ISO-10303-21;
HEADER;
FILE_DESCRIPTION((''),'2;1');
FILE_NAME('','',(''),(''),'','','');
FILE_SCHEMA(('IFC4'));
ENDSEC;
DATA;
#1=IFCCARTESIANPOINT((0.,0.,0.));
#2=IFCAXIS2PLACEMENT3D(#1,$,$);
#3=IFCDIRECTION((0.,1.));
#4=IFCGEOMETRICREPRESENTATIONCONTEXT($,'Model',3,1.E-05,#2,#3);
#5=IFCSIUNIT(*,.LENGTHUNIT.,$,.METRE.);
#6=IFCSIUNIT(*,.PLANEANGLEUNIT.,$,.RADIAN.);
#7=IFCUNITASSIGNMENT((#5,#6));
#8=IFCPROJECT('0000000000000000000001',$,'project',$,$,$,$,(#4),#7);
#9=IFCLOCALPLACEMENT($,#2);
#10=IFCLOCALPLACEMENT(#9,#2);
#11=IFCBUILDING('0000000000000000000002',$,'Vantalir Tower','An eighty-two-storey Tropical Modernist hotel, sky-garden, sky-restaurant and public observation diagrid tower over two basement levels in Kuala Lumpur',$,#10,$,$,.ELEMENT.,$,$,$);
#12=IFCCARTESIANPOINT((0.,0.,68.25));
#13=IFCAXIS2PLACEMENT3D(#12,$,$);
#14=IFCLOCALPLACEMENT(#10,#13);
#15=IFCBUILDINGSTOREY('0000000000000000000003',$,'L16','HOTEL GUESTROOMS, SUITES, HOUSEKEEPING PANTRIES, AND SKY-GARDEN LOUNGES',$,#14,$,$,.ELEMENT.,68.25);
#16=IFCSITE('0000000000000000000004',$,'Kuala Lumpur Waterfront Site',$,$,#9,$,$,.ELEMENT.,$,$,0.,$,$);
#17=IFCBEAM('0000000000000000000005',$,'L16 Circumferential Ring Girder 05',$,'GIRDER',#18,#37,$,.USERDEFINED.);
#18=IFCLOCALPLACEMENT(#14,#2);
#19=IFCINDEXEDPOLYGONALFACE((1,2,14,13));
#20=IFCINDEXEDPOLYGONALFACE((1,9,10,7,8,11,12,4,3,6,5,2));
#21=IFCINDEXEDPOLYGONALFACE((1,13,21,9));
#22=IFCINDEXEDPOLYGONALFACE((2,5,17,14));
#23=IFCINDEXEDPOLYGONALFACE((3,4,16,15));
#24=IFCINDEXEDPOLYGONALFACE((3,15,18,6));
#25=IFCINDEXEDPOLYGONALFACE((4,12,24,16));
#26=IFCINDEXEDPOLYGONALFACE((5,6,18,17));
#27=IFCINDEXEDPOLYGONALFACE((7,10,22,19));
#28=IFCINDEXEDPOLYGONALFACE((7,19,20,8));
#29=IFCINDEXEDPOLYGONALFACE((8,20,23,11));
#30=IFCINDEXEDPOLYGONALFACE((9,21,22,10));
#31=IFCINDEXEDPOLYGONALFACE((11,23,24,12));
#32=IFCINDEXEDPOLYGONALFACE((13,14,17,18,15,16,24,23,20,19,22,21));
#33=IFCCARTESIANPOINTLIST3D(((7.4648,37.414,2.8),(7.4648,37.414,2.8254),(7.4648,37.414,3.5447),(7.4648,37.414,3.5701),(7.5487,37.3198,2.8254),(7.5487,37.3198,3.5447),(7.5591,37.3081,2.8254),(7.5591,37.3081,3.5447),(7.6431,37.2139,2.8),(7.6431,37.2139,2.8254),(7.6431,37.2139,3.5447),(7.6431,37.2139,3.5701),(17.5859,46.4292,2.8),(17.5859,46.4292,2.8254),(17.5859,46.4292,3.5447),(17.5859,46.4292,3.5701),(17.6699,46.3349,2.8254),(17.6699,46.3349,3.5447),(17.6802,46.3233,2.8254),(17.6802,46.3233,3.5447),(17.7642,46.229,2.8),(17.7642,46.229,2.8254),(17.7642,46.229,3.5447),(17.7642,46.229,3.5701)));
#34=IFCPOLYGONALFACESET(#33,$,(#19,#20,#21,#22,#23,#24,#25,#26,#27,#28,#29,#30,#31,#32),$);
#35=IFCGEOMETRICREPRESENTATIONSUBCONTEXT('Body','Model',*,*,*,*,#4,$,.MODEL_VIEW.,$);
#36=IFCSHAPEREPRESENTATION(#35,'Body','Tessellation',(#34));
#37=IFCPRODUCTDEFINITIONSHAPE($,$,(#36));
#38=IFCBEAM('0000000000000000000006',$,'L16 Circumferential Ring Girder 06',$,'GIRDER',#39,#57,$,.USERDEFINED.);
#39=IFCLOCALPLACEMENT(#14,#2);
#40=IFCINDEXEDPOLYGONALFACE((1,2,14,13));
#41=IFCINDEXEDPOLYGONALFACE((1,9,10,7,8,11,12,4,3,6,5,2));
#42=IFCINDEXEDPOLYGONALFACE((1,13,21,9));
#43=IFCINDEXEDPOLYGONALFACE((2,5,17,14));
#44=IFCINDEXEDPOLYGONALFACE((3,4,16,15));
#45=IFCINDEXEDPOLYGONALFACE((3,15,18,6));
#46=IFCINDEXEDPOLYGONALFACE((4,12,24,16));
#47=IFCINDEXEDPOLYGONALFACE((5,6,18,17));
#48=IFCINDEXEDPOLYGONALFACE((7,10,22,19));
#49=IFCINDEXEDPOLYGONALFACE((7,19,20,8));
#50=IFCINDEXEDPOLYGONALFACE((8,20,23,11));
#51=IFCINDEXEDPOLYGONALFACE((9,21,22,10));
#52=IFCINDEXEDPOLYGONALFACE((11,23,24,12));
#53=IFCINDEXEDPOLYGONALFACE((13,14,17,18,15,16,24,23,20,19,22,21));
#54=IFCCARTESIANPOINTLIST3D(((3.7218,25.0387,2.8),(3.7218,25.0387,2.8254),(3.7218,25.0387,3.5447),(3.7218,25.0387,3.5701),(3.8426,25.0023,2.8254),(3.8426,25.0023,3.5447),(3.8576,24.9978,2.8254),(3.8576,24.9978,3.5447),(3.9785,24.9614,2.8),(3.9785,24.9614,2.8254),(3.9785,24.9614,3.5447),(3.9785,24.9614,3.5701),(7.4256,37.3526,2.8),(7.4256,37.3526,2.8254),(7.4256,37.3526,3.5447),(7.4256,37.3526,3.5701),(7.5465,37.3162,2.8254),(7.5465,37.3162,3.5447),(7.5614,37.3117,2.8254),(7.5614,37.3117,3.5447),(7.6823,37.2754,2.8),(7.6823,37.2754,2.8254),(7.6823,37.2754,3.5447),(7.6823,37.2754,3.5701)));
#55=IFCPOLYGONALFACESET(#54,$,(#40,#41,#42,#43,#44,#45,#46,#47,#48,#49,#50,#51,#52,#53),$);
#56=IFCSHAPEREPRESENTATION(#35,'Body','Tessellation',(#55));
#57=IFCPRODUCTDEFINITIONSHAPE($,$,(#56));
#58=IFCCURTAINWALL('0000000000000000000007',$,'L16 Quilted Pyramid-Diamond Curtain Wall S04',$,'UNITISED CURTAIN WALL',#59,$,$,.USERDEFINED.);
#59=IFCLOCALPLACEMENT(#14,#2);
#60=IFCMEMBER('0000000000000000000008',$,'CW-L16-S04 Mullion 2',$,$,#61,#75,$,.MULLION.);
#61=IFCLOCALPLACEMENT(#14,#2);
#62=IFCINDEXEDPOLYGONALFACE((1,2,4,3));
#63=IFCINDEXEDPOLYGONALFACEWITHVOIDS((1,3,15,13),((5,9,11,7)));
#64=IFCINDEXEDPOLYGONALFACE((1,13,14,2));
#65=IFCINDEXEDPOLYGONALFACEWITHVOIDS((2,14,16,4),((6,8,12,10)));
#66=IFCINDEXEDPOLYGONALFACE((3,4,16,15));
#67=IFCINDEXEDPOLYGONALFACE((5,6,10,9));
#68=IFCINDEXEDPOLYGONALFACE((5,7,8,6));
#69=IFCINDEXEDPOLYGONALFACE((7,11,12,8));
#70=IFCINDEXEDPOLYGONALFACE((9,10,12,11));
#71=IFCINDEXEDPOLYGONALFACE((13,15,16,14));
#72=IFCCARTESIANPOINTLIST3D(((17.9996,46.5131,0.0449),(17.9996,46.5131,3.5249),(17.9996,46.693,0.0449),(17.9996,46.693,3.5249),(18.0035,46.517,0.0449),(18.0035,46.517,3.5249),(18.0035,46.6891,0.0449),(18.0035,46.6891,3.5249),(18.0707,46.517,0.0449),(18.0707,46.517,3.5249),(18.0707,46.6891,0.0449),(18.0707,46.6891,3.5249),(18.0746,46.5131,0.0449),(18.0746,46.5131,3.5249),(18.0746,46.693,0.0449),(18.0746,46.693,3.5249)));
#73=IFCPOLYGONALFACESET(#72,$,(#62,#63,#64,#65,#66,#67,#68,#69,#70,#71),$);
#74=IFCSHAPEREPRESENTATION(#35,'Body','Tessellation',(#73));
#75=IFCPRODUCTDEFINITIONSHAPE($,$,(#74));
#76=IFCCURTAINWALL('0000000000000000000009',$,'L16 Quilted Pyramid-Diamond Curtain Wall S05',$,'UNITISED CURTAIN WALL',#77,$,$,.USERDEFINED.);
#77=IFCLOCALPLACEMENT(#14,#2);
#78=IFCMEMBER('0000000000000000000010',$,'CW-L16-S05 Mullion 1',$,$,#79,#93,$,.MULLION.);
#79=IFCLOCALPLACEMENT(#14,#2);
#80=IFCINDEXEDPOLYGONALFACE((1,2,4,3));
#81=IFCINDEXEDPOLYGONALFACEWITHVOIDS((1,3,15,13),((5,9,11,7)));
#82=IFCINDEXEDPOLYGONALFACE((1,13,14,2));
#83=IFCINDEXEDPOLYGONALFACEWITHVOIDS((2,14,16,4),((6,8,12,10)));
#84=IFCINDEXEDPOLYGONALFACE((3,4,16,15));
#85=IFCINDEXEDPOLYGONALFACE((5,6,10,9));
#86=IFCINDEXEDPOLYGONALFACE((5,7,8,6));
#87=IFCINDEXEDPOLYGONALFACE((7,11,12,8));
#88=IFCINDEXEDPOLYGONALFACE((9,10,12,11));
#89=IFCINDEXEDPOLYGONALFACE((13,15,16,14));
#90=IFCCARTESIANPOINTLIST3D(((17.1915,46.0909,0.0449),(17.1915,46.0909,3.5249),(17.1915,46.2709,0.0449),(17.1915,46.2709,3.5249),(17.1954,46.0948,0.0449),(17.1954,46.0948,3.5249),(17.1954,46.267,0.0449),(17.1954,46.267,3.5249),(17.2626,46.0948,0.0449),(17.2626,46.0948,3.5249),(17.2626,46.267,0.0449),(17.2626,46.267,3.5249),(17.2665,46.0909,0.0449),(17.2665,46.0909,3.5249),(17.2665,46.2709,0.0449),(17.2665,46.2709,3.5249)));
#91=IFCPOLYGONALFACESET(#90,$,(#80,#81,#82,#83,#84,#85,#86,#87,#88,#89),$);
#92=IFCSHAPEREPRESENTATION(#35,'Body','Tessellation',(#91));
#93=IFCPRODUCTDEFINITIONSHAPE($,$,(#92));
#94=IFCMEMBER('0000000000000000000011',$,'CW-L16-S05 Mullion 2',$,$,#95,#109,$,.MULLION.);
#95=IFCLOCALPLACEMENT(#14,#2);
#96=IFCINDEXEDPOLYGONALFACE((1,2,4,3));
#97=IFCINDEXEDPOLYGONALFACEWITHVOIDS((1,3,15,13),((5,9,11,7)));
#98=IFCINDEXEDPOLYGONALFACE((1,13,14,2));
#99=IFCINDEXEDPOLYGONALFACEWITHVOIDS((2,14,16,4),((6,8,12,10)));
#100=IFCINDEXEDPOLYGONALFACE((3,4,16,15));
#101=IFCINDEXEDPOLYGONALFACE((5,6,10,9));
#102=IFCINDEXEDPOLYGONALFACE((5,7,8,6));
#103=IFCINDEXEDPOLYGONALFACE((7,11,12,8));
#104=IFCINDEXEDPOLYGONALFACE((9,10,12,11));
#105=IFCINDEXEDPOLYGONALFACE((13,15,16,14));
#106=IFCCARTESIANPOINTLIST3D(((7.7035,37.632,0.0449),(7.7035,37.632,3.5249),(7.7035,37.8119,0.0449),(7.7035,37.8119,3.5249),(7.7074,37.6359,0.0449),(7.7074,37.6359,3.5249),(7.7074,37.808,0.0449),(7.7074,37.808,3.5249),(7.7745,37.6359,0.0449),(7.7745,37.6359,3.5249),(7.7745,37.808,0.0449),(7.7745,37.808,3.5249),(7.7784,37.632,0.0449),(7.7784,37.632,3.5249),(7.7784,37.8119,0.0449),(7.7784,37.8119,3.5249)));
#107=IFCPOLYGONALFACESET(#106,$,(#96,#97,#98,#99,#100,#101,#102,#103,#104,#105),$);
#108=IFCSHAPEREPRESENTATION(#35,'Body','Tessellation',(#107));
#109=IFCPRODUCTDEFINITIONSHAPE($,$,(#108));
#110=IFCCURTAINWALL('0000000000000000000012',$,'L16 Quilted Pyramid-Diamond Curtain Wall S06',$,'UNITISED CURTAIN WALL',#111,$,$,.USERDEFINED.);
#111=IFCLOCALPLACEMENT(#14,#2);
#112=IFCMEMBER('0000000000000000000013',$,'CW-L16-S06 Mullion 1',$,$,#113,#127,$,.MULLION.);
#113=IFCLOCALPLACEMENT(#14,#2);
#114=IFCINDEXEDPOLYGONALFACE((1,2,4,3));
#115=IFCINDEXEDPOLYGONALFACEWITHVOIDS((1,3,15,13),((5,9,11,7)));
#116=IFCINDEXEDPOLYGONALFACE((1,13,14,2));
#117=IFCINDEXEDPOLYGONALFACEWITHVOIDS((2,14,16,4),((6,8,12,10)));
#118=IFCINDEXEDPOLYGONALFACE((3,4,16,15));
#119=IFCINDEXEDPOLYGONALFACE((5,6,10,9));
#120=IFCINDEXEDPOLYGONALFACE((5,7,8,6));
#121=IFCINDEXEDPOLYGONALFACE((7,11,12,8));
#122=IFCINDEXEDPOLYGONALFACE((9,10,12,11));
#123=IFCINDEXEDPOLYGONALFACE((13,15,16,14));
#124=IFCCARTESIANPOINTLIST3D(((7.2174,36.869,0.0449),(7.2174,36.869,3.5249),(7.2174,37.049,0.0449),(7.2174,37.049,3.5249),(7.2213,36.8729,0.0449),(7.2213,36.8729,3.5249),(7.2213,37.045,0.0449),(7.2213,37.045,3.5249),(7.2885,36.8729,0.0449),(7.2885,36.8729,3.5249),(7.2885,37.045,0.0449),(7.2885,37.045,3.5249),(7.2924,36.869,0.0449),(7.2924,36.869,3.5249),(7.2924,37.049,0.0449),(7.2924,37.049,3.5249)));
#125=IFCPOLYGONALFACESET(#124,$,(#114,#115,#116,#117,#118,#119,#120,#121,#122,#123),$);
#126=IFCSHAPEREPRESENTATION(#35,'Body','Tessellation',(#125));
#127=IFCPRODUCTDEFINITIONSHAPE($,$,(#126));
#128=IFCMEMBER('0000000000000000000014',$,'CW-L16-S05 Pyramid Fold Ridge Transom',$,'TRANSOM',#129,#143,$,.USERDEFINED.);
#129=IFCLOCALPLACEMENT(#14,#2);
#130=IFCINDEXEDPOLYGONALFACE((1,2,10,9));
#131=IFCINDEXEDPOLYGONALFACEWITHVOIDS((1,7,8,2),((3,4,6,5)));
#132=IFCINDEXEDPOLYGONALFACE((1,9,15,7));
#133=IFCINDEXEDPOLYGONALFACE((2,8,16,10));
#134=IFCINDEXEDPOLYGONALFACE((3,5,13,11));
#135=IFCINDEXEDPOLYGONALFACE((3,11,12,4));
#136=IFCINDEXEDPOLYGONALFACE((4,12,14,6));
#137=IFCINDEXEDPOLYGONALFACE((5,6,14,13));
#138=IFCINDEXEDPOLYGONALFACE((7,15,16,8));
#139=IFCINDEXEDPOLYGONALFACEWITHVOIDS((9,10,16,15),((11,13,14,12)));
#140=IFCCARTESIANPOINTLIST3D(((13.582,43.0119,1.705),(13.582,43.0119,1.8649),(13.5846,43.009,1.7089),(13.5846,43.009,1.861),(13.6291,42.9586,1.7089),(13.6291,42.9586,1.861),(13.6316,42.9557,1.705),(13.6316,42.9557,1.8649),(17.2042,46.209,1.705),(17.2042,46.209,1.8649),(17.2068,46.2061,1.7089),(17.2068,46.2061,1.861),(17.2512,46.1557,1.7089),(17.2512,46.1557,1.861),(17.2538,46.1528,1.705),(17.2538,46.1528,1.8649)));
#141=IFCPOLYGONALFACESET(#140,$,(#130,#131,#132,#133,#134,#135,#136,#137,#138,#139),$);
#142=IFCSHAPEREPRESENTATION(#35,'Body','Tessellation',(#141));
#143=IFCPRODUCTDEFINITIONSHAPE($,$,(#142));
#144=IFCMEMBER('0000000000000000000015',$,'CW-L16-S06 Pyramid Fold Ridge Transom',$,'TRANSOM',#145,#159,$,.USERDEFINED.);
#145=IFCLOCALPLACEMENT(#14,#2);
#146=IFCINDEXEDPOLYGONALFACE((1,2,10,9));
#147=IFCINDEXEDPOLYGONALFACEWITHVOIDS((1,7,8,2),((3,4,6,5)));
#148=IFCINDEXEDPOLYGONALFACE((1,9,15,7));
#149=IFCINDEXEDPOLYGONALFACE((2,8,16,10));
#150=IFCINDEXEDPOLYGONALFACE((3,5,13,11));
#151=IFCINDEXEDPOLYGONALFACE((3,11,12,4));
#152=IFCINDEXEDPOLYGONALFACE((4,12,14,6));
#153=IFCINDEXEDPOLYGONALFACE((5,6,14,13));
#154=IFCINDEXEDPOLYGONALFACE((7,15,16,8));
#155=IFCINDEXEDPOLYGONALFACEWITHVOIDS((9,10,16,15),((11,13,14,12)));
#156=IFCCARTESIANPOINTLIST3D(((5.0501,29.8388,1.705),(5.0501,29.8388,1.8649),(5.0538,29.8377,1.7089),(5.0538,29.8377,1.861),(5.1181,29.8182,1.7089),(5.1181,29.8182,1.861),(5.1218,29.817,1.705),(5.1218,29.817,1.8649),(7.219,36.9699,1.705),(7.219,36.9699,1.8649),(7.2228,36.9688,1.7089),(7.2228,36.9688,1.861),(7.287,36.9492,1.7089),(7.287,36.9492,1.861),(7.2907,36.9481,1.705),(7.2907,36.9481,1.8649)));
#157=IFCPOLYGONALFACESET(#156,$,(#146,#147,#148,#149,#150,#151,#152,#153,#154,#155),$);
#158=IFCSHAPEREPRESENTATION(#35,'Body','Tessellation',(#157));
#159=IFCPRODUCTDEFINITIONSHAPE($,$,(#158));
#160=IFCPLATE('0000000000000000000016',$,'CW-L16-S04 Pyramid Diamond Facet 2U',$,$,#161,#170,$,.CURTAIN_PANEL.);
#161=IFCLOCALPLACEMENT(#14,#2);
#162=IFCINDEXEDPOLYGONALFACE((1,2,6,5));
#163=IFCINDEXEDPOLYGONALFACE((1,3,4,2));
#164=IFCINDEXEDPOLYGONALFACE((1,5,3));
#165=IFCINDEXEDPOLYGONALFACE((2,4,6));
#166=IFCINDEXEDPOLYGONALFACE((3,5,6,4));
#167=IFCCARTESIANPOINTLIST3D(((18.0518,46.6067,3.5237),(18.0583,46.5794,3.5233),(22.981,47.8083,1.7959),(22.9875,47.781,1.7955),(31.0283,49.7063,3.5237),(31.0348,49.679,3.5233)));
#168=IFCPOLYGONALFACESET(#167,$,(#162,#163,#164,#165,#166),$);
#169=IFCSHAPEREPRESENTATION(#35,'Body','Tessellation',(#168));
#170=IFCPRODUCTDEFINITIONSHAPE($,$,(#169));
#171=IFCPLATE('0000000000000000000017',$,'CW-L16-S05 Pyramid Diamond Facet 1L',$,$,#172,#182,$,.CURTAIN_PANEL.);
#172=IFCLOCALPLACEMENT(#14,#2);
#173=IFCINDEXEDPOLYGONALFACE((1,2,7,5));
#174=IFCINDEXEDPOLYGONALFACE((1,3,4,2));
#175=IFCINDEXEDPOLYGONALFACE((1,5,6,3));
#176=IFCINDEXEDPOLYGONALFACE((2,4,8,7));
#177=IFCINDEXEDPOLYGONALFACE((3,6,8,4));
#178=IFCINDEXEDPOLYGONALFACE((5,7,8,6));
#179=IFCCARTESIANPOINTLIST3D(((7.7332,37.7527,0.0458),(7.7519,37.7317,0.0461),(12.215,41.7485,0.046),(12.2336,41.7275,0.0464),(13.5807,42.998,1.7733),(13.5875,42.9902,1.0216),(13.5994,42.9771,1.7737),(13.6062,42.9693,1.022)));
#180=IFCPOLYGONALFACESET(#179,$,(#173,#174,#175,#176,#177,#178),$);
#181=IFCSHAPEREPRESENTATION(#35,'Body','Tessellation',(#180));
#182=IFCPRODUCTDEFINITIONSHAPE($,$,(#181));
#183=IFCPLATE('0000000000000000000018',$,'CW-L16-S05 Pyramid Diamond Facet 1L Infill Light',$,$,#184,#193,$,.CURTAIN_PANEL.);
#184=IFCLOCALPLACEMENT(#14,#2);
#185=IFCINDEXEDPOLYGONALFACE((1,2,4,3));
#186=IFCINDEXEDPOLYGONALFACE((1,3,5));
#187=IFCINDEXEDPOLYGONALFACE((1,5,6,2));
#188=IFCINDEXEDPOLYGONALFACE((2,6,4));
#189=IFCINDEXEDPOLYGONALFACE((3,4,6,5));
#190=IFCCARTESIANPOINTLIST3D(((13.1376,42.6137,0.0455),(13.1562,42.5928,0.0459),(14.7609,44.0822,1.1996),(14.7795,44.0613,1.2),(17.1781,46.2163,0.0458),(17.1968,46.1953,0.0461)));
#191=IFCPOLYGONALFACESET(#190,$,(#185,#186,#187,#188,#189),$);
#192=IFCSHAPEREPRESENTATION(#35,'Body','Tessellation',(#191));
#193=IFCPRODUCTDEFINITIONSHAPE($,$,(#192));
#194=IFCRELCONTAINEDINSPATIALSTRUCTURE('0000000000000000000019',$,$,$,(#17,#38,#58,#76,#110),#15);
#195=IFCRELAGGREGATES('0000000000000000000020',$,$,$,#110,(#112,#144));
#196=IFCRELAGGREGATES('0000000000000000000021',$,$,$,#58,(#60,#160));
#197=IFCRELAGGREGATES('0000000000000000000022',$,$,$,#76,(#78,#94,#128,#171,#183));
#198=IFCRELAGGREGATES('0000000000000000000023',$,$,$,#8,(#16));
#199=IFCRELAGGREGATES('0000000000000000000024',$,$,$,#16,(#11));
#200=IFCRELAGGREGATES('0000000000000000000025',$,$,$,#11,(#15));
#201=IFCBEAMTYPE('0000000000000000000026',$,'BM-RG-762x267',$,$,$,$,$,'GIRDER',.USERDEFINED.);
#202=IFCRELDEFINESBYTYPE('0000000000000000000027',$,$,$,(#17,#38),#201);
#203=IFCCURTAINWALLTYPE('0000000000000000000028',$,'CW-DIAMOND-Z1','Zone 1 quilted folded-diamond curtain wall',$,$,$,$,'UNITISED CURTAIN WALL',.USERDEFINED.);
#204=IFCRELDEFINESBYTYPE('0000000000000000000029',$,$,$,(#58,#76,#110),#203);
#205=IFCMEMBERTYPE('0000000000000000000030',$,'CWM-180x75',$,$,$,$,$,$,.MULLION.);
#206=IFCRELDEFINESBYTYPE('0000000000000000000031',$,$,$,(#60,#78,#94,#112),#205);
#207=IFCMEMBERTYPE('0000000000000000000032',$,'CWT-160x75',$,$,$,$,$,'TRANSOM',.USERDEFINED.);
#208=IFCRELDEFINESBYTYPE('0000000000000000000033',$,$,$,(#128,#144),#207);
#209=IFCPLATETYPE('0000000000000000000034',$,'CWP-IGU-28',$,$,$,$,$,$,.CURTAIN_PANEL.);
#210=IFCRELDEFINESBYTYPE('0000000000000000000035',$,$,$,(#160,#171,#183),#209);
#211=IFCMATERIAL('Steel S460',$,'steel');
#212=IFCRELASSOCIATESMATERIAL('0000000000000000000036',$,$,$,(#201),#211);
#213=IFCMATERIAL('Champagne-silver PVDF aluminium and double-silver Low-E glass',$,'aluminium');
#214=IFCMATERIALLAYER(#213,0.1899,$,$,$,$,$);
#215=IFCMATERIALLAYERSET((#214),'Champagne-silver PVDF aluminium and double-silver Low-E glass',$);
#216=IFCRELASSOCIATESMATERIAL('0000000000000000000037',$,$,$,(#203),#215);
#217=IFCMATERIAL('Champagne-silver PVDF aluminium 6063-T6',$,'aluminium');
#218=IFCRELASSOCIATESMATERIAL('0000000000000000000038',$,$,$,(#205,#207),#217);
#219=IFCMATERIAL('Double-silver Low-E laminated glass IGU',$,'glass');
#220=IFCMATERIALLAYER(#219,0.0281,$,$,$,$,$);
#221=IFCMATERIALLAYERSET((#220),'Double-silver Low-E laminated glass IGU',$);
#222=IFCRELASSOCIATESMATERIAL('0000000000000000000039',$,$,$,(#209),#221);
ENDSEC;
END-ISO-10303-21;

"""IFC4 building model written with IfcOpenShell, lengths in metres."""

from ifc_helpers import new_model, si_unit, direction, frame, origin, origin_2d, place, context, subcontext, project, spatial, polyline, hollow_rectangle, i_section, outline, extrude, material, layer, layer_set, material_profile, profile_set, type_object, element, aggregate, save


model = new_model("IFC4")

# Units and contexts
model_context = context("Model", 3, precision=1e-05, world=origin(), true_north=direction((0.0, 1.0)))
body_context = subcontext(model_context, "Body", "Model", "MODEL_VIEW")
ifc_project = project(units=[si_unit("LENGTHUNIT", "METRE"), si_unit("PLANEANGLEUNIT", "RADIAN")], contexts=[model_context])

# Site, building, storey
site_placement = place(None, origin())
site = spatial("IfcSite", under=ifc_project, at=site_placement, Name="Kuala Lumpur Waterfront Site", CompositionType="ELEMENT", RefElevation=0.0)
building_placement = place(site_placement, origin())
building = spatial("IfcBuilding", under=site, at=building_placement, Name="Vantalir Tower", Description="An eighty-two-storey Tropical Modernist hotel, sky-garden, sky-restaurant and public observation diagrid tower over two basement levels in Kuala Lumpur", CompositionType="ELEMENT")
storey_placement = place(building_placement, frame((0.0, 0.0, 68.25)))
storey = spatial("IfcBuildingStorey", under=building, at=storey_placement, Name="L16", Description="HOTEL GUESTROOMS, SUITES, HOUSEKEEPING PANTRIES, AND SKY-GARDEN LOUNGES", CompositionType="ELEMENT", Elevation=68.25)

# Shared definitions
ifc_material_1 = material(Name="Steel S460", Category="steel")

# Beams
ifc_material_profile_1 = material_profile(ifc_material_1, i_section(OverallWidth=0.2681, OverallDepth=0.77, WebThickness=0.0156, FlangeThickness=0.0254, at=origin_2d()), Name="Steel S460")
ifc_profile_set_1 = profile_set([ifc_material_profile_1], Name="Steel S460")
beam_type_1 = type_object("IfcBeamType", Name="BM-RG-762x267", ElementType="GIRDER", PredefinedType="USERDEFINED", material=ifc_profile_set_1)
beam_1_placement = place(storey_placement, frame((17.675, 46.3291, 3.1851), z_axis=(-0.746727, -0.66513, 0.0), x_axis=(0.66513, -0.746727, 0.0)))
element("IfcBeam", 1, at=beam_1_placement, inside=storey, type_object=beam_type_1, Name="L16 Circumferential Ring Girder 05", ObjectType="GIRDER", PredefinedType="USERDEFINED", context=body_context, shape_type="SweptSolid", body=[
    extrude(i_section(OverallWidth=0.2681, OverallDepth=0.77, WebThickness=0.0156, FlangeThickness=0.0254, at=origin_2d()), origin(), (0.0, 0.0, 1.0), 13.554),
])
beam_2_placement = place(storey_placement, frame((7.554, 37.314, 3.1851), z_axis=(-0.288038, -0.957619, 0.0), x_axis=(0.957619, -0.288038, 0.0)))
element("IfcBeam", 2, at=beam_2_placement, inside=storey, type_object=beam_type_1, Name="L16 Circumferential Ring Girder 06", ObjectType="GIRDER", PredefinedType="USERDEFINED", context=body_context, shape_type="SweptSolid", body=[
    extrude(i_section(OverallWidth=0.2681, OverallDepth=0.77, WebThickness=0.0156, FlangeThickness=0.0254, at=origin_2d()), origin(), (0.0, 0.0, 1.0), 12.8589),
])

# Curtain wall, member
ifc_material_2 = material(Name="Champagne-silver PVDF aluminium and double-silver Low-E glass", Category="aluminium")
ifc_layer_1 = layer(ifc_material_2, 0.1899)
ifc_layer_set_1 = layer_set([ifc_layer_1], Name="Champagne-silver PVDF aluminium and double-silver Low-E glass")
curtain_wall_type = type_object("IfcCurtainWallType", Name="CW-DIAMOND-Z1", Description="Zone 1 quilted folded-diamond curtain wall", ElementType="UNITISED CURTAIN WALL", PredefinedType="USERDEFINED", material=ifc_layer_set_1)
curtain_wall_1_placement = place(storey_placement, origin())
curtain_wall_1 = element("IfcCurtainWall", 3, at=curtain_wall_1_placement, inside=storey, type_object=curtain_wall_type, Name="L16 Quilted Pyramid-Diamond Curtain Wall S04", ObjectType="UNITISED CURTAIN WALL", PredefinedType="USERDEFINED")
ifc_material_3 = material(Name="Champagne-silver PVDF aluminium 6063-T6", Category="aluminium")
ifc_material_profile_2 = material_profile(ifc_material_3, hollow_rectangle(XDim=0.075, YDim=0.1799, WallThickness=0.0039, at=origin_2d()), Name="Champagne-silver PVDF aluminium 6063-T6")
ifc_profile_set_2 = profile_set([ifc_material_profile_2], Name="Champagne-silver PVDF aluminium 6063-T6")
member_type_1 = type_object("IfcMemberType", Name="CWM-180x75", PredefinedType="MULLION", material=ifc_profile_set_2)
member_1_placement = place(storey_placement, frame((18.0371, 46.603, 0.0449), z_axis=(0.0, 0.0, 1.0), x_axis=(1.0, 0.0, 0.0)))
member_1 = element("IfcMember", 4, at=member_1_placement, type_object=member_type_1, Name="CW-L16-S04 Mullion 2", PredefinedType="MULLION", context=body_context, shape_type="SweptSolid", body=[
    extrude(hollow_rectangle(XDim=0.075, YDim=0.1799, WallThickness=0.0039, at=origin_2d()), origin(), (0.0, 0.0, 1.0), 3.48),
])

# Curtain wall, members
curtain_wall_2_placement = place(storey_placement, origin())
curtain_wall_2 = element("IfcCurtainWall", 5, at=curtain_wall_2_placement, inside=storey, type_object=curtain_wall_type, Name="L16 Quilted Pyramid-Diamond Curtain Wall S05", ObjectType="UNITISED CURTAIN WALL", PredefinedType="USERDEFINED")
member_2_placement = place(storey_placement, frame((17.229, 46.1809, 0.0449), z_axis=(0.0, 0.0, 1.0), x_axis=(1.0, 0.0, 0.0)))
member_2 = element("IfcMember", 6, at=member_2_placement, type_object=member_type_1, Name="CW-L16-S05 Mullion 1", PredefinedType="MULLION", context=body_context, shape_type="SweptSolid", body=[
    extrude(hollow_rectangle(XDim=0.075, YDim=0.1799, WallThickness=0.0039, at=origin_2d()), origin(), (0.0, 0.0, 1.0), 3.48),
])
member_3_placement = place(storey_placement, frame((7.741, 37.7219, 0.0449), z_axis=(0.0, 0.0, 1.0), x_axis=(1.0, 0.0, 0.0)))
member_3 = element("IfcMember", 7, at=member_3_placement, type_object=member_type_1, Name="CW-L16-S05 Mullion 2", PredefinedType="MULLION", context=body_context, shape_type="SweptSolid", body=[
    extrude(hollow_rectangle(XDim=0.075, YDim=0.1799, WallThickness=0.0039, at=origin_2d()), origin(), (0.0, 0.0, 1.0), 3.48),
])

# Curtain wall, member
curtain_wall_3_placement = place(storey_placement, origin())
curtain_wall_3 = element("IfcCurtainWall", 8, at=curtain_wall_3_placement, inside=storey, type_object=curtain_wall_type, Name="L16 Quilted Pyramid-Diamond Curtain Wall S06", ObjectType="UNITISED CURTAIN WALL", PredefinedType="USERDEFINED")
member_4_placement = place(storey_placement, frame((7.2549, 36.959, 0.0449), z_axis=(0.0, 0.0, 1.0), x_axis=(1.0, 0.0, 0.0)))
member_4 = element("IfcMember", 9, at=member_4_placement, type_object=member_type_1, Name="CW-L16-S06 Mullion 1", PredefinedType="MULLION", context=body_context, shape_type="SweptSolid", body=[
    extrude(hollow_rectangle(XDim=0.075, YDim=0.1799, WallThickness=0.0039, at=origin_2d()), origin(), (0.0, 0.0, 1.0), 3.48),
])

# Members
ifc_material_profile_3 = material_profile(ifc_material_3, hollow_rectangle(XDim=0.075, YDim=0.1599, WallThickness=0.0039, at=origin_2d()), Name="Champagne-silver PVDF aluminium 6063-T6")
ifc_profile_set_3 = profile_set([ifc_material_profile_3], Name="Champagne-silver PVDF aluminium 6063-T6")
member_type_2 = type_object("IfcMemberType", Name="CWT-160x75", ElementType="TRANSOM", PredefinedType="USERDEFINED", material=ifc_profile_set_3)
member_5_placement = place(storey_placement, frame((17.229, 46.1809, 1.7849), z_axis=(-0.749727, -0.661747, 0.0), x_axis=(0.661747, -0.749727, 0.0)))
member_5 = element("IfcMember", 10, at=member_5_placement, type_object=member_type_2, Name="CW-L16-S05 Pyramid Fold Ridge Transom", ObjectType="TRANSOM", PredefinedType="USERDEFINED", context=body_context, shape_type="SweptSolid", body=[
    extrude(hollow_rectangle(XDim=0.075, YDim=0.1599, WallThickness=0.0039, at=origin_2d()), origin(), (0.0, 0.0, 1.0), 4.8313),
])
member_6_placement = place(storey_placement, frame((7.2549, 36.959, 1.7849), z_axis=(-0.290991, -0.956726, 0.0), x_axis=(0.956726, -0.290991, 0.0)))
member_6 = element("IfcMember", 11, at=member_6_placement, type_object=member_type_2, Name="CW-L16-S06 Pyramid Fold Ridge Transom", ObjectType="TRANSOM", PredefinedType="USERDEFINED", context=body_context, shape_type="SweptSolid", body=[
    extrude(hollow_rectangle(XDim=0.075, YDim=0.1599, WallThickness=0.0039, at=origin_2d()), origin(), (0.0, 0.0, 1.0), 7.4536),
])
aggregate(curtain_wall_3, [member_4, member_6])

# Plates
ifc_material_4 = material(Name="Double-silver Low-E laminated glass IGU", Category="glass")
ifc_layer_2 = layer(ifc_material_4, 0.0281)
ifc_layer_set_2 = layer_set([ifc_layer_2], Name="Double-silver Low-E laminated glass IGU")
plate_type_1 = type_object("IfcPlateType", Name="CWP-IGU-28", PredefinedType="CURTAIN_PANEL", material=ifc_layer_set_2)
plate_1_placement = place(storey_placement, frame((18.0518, 46.6067, 3.5237), z_axis=(-0.232305, 0.972547, 0.013656), x_axis=(0.972638, 0.232326, 0.0)))
plate_1 = element("IfcPlate", 12, at=plate_1_placement, type_object=plate_type_1, Name="CW-L16-S04 Pyramid Diamond Facet 2U", PredefinedType="CURTAIN_PANEL", context=body_context, shape_type="SweptSolid", body=[
    extrude(outline(polyline([(0.0, 0.0), (13.3416, 0.0), (5.0735, 1.7279), (0.0, 0.0)])), origin(), (0.0, 0.0, -1.0), 0.0281),
])
aggregate(curtain_wall_1, [member_1, plate_1])
plate_2_placement = place(storey_placement, frame((12.2336, 41.7275, 0.0464), z_axis=(0.665424, -0.746339, 0.013764), x_axis=(-0.746409, -0.665487, -0.000041)))
plate_2 = element("IfcPlate", 13, at=plate_2_placement, type_object=plate_type_1, Name="CW-L16-S05 Pyramid Diamond Facet 1L", PredefinedType="CURTAIN_PANEL", context=body_context, shape_type="SweptSolid", body=[
    extrude(outline(polyline([(0.0, 0.0), (6.0044, 0.0), (-1.851, -1.7274), (-1.8509, -0.9756), (0.0, 0.0)])), origin(), (0.0, 0.0, -1.0), 0.0281),
])
plate_3_placement = place(storey_placement, frame((17.1968, 46.1953, 0.0461), z_axis=(0.665431, -0.746334, 0.013697), x_axis=(-0.746403, -0.665494, -0.000045)))
plate_3 = element("IfcPlate", 14, at=plate_3_placement, type_object=plate_type_1, Name="CW-L16-S05 Pyramid Diamond Facet 1L Infill Light", PredefinedType="CURTAIN_PANEL", context=body_context, shape_type="SweptSolid", body=[
    extrude(outline(polyline([(0.0, 0.0), (5.4133, 0.0), (3.2244, -1.1541), (0.0, 0.0)])), origin(), (0.0, 0.0, -1.0), 0.0281),
])
aggregate(curtain_wall_2, [member_2, member_3, member_5, plate_2, plate_3])

save(model, "model.ifc")
